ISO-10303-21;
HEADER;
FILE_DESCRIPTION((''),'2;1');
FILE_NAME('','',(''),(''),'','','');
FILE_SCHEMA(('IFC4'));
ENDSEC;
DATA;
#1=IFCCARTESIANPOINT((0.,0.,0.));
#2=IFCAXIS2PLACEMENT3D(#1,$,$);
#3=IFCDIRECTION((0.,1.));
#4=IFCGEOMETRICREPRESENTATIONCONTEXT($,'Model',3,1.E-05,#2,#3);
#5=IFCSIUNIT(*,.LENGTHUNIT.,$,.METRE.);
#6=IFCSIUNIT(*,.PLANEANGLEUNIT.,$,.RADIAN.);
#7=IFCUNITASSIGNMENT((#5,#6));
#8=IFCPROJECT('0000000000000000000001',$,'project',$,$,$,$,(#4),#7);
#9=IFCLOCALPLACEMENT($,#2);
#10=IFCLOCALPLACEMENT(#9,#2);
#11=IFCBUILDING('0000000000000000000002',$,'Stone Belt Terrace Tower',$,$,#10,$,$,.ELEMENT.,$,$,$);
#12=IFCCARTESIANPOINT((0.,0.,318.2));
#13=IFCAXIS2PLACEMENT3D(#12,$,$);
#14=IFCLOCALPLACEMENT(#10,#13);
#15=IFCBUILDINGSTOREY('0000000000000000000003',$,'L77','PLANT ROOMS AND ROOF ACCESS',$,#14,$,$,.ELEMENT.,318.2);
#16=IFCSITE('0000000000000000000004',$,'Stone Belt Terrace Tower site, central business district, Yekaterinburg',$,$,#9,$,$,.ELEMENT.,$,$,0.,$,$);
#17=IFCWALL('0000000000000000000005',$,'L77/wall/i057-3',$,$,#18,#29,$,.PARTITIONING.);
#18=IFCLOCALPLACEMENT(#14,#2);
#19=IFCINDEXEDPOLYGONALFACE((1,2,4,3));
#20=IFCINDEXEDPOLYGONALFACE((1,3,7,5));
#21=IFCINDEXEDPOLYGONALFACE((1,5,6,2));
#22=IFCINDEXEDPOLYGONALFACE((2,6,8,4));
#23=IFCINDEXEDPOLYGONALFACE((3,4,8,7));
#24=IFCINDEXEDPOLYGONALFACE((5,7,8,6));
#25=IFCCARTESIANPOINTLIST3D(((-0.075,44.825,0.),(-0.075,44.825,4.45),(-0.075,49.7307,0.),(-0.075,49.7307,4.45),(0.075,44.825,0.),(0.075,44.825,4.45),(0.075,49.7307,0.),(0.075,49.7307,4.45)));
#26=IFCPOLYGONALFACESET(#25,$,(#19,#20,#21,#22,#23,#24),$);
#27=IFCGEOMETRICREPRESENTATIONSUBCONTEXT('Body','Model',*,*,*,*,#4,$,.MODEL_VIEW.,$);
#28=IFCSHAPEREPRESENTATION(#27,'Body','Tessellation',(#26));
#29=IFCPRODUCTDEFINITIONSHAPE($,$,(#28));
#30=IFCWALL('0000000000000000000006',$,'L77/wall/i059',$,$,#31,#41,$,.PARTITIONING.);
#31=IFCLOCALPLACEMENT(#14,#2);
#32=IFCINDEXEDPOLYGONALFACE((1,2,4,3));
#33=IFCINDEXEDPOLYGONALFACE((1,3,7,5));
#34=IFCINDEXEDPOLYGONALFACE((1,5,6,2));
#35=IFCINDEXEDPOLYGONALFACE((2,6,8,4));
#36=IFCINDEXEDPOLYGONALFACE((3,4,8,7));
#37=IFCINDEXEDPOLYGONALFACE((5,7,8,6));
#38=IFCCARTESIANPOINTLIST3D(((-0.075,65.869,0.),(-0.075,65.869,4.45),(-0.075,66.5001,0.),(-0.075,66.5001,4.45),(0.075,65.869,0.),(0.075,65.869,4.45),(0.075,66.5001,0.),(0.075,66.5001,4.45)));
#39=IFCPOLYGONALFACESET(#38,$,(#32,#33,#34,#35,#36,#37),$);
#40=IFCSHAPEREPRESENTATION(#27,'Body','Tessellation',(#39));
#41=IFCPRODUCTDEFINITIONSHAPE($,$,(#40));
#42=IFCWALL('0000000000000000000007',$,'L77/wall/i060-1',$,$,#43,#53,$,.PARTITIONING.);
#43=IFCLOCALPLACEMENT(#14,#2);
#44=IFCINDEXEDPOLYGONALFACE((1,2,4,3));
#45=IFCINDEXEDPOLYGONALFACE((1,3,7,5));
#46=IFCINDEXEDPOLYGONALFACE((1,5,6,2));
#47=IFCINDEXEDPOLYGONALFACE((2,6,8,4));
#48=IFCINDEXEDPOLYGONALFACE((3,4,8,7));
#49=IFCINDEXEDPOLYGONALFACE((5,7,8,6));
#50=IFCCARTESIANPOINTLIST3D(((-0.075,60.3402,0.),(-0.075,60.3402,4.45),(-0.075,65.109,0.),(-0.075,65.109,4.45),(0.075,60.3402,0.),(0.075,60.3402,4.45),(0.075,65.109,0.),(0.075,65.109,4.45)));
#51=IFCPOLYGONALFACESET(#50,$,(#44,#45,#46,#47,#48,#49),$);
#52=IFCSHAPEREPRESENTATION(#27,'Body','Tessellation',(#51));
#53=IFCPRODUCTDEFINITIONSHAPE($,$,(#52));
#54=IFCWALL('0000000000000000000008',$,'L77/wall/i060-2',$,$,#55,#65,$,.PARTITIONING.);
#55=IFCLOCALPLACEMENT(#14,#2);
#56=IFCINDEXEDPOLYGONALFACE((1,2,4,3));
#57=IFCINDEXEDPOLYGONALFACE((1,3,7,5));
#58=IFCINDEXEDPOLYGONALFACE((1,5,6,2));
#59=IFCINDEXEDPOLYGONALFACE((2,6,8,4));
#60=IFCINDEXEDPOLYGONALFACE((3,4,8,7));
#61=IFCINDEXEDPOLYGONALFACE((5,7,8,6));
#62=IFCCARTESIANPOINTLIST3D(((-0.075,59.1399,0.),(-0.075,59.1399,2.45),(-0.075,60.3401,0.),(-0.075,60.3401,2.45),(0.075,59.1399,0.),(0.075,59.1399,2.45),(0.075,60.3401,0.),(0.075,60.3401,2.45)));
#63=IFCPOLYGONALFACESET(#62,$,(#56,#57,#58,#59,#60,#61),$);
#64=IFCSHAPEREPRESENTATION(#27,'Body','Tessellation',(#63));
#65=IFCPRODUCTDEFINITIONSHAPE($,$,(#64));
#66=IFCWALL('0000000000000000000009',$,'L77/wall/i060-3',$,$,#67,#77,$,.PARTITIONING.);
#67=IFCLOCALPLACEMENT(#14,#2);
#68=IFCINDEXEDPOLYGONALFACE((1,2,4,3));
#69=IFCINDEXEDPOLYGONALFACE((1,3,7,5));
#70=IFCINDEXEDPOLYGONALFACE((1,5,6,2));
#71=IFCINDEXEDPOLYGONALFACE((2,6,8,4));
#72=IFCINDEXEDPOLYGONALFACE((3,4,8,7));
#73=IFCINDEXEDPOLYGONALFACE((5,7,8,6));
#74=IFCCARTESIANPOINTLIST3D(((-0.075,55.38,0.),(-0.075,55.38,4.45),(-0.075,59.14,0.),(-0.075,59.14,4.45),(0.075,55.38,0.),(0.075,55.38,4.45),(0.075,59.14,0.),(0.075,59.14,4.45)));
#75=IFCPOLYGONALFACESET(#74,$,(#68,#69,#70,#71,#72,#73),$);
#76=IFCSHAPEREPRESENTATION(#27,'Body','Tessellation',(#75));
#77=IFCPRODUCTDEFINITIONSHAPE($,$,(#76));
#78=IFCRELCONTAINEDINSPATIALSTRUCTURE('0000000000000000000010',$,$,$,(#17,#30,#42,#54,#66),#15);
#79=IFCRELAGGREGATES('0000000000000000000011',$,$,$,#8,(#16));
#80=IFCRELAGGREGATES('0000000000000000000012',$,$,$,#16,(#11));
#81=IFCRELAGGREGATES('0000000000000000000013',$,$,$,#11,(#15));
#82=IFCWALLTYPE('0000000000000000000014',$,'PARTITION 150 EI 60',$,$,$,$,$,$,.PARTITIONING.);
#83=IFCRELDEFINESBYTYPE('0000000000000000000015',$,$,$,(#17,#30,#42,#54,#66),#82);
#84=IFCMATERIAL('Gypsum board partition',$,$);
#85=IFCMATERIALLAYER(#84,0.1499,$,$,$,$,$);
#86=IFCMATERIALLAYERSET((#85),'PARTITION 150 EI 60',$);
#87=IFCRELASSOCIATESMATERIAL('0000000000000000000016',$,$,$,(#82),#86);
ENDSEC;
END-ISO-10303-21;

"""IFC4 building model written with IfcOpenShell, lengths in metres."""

from ifc_helpers import new_model, si_unit, direction, frame, frame_2d, origin, place, context, subcontext, project, spatial, rectangle, extrude, material, layer, layer_set, type_object, element, save


model = new_model("IFC4")

# Units and contexts
model_context = context("Model", 3, precision=1e-05, world=origin(), true_north=direction((0.0, 1.0)))
body_context = subcontext(model_context, "Body", "Model", "MODEL_VIEW")
ifc_project = project(units=[si_unit("LENGTHUNIT", "METRE"), si_unit("PLANEANGLEUNIT", "RADIAN")], contexts=[model_context])

# Site, building, storey
site_placement = place(None, origin())
site = spatial("IfcSite", under=ifc_project, at=site_placement, Name="Stone Belt Terrace Tower site, central business district, Yekaterinburg", CompositionType="ELEMENT", RefElevation=0.0)
building_placement = place(site_placement, origin())
building = spatial("IfcBuilding", under=site, at=building_placement, Name="Stone Belt Terrace Tower", CompositionType="ELEMENT")
storey_placement = place(building_placement, frame((0.0, 0.0, 318.2)))
storey = spatial("IfcBuildingStorey", under=building, at=storey_placement, Name="L77", Description="PLANT ROOMS AND ROOF ACCESS", CompositionType="ELEMENT", Elevation=318.2)

# Shared definitions
ifc_material_1 = material(Name="Gypsum board partition")
ifc_layer_1 = layer(ifc_material_1, 0.1499)
ifc_layer_set_1 = layer_set([ifc_layer_1], Name="PARTITION 150 EI 60")
wall_type_1 = type_object("IfcWallType", Name="PARTITION 150 EI 60", PredefinedType="PARTITIONING", material=ifc_layer_set_1)

# Walls
wall_1_placement = place(storey_placement, frame((0.0, 49.7307, 0.0), z_axis=(0.0, 0.0, 1.0), x_axis=(0.0, -1.0, 0.0)))
element("IfcWall", 1, at=wall_1_placement, inside=storey, type_object=wall_type_1, Name="L77/wall/i057-3", PredefinedType="PARTITIONING", context=body_context, shape_type="SweptSolid", body=[
    extrude(rectangle(XDim=4.9058, YDim=0.1499, at=frame_2d((2.4529, 0.0))), origin(), (0.0, 0.0, 1.0), 4.45),
])
wall_2_placement = place(storey_placement, frame((0.0, 66.5, 0.0), z_axis=(0.0, 0.0, 1.0), x_axis=(0.0, -1.0, 0.0)))
element("IfcWall", 2, at=wall_2_placement, inside=storey, type_object=wall_type_1, Name="L77/wall/i059", PredefinedType="PARTITIONING", context=body_context, shape_type="SweptSolid", body=[
    extrude(rectangle(XDim=0.6311, YDim=0.1499, at=frame_2d((0.3154, 0.0))), origin(), (0.0, 0.0, 1.0), 4.45),
])
wall_3_placement = place(storey_placement, frame((0.0, 65.1089, 0.0), z_axis=(0.0, 0.0, 1.0), x_axis=(0.0, -1.0, 0.0)))
element("IfcWall", 3, at=wall_3_placement, inside=storey, type_object=wall_type_1, Name="L77/wall/i060-1", PredefinedType="PARTITIONING", context=body_context, shape_type="SweptSolid", body=[
    extrude(rectangle(XDim=4.7688, YDim=0.1499, at=frame_2d((2.3843, 0.0))), origin(), (0.0, 0.0, 1.0), 4.45),
])
wall_4_placement = place(storey_placement, frame((0.0, 60.3401, 0.0), z_axis=(0.0, 0.0, 1.0), x_axis=(0.0, -1.0, 0.0)))
element("IfcWall", 4, at=wall_4_placement, inside=storey, type_object=wall_type_1, Name="L77/wall/i060-2", PredefinedType="PARTITIONING", context=body_context, shape_type="SweptSolid", body=[
    extrude(rectangle(XDim=1.2002, YDim=0.1499, at=frame_2d((0.6001, 0.0))), origin(), (0.0, 0.0, 1.0), 2.45),
])
wall_5_placement = place(storey_placement, frame((0.0, 59.1399, 0.0), z_axis=(0.0, 0.0, 1.0), x_axis=(0.0, -1.0, 0.0)))
element("IfcWall", 5, at=wall_5_placement, inside=storey, type_object=wall_type_1, Name="L77/wall/i060-3", PredefinedType="PARTITIONING", context=body_context, shape_type="SweptSolid", body=[
    extrude(rectangle(XDim=3.76, YDim=0.1499, at=frame_2d((1.8799, 0.0))), origin(), (0.0, 0.0, 1.0), 4.45),
])

save(model, "model.ifc")
